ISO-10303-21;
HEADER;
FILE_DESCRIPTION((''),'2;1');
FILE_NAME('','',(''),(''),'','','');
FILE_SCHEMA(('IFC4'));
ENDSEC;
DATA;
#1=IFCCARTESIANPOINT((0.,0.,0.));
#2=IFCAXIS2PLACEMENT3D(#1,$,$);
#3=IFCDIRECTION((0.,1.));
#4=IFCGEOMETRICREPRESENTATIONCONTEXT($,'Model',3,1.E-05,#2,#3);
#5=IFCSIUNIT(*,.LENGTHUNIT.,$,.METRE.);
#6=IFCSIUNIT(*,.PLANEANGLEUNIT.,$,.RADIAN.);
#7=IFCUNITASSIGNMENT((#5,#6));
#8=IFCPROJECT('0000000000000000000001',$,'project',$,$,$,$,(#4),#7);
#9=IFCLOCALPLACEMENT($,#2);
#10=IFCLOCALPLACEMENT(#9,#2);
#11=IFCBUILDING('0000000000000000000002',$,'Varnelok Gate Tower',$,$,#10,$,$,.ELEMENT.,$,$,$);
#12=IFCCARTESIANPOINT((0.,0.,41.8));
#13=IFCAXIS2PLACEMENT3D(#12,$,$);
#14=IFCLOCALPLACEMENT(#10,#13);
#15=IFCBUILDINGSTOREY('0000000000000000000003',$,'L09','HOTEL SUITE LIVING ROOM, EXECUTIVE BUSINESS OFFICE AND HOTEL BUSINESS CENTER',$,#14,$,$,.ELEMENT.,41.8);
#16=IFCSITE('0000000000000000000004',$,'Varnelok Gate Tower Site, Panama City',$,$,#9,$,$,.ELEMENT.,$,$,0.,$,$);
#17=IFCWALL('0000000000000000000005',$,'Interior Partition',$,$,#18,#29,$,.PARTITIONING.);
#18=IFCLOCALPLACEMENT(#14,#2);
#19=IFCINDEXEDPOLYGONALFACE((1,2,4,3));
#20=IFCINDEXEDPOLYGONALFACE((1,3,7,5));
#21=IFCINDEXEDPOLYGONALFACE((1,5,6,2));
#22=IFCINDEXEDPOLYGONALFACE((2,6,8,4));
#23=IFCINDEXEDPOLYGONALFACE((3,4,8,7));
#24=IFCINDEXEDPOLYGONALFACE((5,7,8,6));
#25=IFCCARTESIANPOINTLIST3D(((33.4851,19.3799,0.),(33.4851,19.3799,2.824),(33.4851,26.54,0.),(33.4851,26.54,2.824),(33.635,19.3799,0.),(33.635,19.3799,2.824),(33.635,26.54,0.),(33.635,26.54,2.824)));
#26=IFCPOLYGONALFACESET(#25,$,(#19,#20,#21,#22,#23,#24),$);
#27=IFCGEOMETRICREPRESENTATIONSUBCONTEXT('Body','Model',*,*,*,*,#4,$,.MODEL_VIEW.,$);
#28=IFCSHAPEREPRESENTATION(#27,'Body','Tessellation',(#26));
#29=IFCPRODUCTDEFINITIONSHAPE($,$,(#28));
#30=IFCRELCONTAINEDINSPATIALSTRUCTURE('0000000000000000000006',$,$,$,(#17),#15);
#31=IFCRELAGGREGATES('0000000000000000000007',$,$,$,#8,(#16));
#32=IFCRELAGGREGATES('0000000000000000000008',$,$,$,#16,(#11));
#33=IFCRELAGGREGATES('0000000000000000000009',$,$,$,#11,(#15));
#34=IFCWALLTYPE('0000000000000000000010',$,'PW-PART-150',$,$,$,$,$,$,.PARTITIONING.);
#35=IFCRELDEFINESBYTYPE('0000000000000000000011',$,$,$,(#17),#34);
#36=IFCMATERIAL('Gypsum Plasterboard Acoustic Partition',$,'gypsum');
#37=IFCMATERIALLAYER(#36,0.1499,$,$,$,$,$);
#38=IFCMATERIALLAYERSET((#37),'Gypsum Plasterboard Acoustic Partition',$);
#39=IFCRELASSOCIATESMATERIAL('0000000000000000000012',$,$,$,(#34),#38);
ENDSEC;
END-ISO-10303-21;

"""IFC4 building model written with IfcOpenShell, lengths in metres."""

from ifc_helpers import new_model, si_unit, direction, frame, frame_2d, origin, place, context, subcontext, project, spatial, rectangle, extrude, material, layer, layer_set, type_object, element, save


model = new_model("IFC4")

# Units and contexts
model_context = context("Model", 3, precision=1e-05, world=origin(), true_north=direction((0.0, 1.0)))
body_context = subcontext(model_context, "Body", "Model", "MODEL_VIEW")
ifc_project = project(units=[si_unit("LENGTHUNIT", "METRE"), si_unit("PLANEANGLEUNIT", "RADIAN")], contexts=[model_context])

# Site, building, storey
site_placement = place(None, origin())
site = spatial("IfcSite", under=ifc_project, at=site_placement, Name="Varnelok Gate Tower Site, Panama City", CompositionType="ELEMENT", RefElevation=0.0)
building_placement = place(site_placement, origin())
building = spatial("IfcBuilding", under=site, at=building_placement, Name="Varnelok Gate Tower", CompositionType="ELEMENT")
storey_placement = place(building_placement, frame((0.0, 0.0, 41.8)))
storey = spatial("IfcBuildingStorey", under=building, at=storey_placement, Name="L09", Description="HOTEL SUITE LIVING ROOM, EXECUTIVE BUSINESS OFFICE AND HOTEL BUSINESS CENTER", CompositionType="ELEMENT", Elevation=41.8)

# Shared definitions
ifc_material_1 = material(Name="Gypsum Plasterboard Acoustic Partition", Category="gypsum")

# Shared definitions
ifc_layer_1 = layer(ifc_material_1, 0.1499)
ifc_layer_set_1 = layer_set([ifc_layer_1], Name="Gypsum Plasterboard Acoustic Partition")
wall_type_1 = type_object("IfcWallType", Name="PW-PART-150", PredefinedType="PARTITIONING", material=ifc_layer_set_1)

# Wall
wall_1_placement = place(storey_placement, frame((33.5601, 19.3799, 0.0), z_axis=(0.0, 0.0, 1.0), x_axis=(0.0, 1.0, 0.0)))
element("IfcWall", 1, at=wall_1_placement, inside=storey, type_object=wall_type_1, Name="Interior Partition", PredefinedType="PARTITIONING", context=body_context, shape_type="SweptSolid", body=[
    extrude(rectangle(XDim=7.1602, YDim=0.1499, at=frame_2d((3.5801, 0.0))), origin(), (0.0, 0.0, 1.0), 2.824),
])

save(model, "model.ifc")
